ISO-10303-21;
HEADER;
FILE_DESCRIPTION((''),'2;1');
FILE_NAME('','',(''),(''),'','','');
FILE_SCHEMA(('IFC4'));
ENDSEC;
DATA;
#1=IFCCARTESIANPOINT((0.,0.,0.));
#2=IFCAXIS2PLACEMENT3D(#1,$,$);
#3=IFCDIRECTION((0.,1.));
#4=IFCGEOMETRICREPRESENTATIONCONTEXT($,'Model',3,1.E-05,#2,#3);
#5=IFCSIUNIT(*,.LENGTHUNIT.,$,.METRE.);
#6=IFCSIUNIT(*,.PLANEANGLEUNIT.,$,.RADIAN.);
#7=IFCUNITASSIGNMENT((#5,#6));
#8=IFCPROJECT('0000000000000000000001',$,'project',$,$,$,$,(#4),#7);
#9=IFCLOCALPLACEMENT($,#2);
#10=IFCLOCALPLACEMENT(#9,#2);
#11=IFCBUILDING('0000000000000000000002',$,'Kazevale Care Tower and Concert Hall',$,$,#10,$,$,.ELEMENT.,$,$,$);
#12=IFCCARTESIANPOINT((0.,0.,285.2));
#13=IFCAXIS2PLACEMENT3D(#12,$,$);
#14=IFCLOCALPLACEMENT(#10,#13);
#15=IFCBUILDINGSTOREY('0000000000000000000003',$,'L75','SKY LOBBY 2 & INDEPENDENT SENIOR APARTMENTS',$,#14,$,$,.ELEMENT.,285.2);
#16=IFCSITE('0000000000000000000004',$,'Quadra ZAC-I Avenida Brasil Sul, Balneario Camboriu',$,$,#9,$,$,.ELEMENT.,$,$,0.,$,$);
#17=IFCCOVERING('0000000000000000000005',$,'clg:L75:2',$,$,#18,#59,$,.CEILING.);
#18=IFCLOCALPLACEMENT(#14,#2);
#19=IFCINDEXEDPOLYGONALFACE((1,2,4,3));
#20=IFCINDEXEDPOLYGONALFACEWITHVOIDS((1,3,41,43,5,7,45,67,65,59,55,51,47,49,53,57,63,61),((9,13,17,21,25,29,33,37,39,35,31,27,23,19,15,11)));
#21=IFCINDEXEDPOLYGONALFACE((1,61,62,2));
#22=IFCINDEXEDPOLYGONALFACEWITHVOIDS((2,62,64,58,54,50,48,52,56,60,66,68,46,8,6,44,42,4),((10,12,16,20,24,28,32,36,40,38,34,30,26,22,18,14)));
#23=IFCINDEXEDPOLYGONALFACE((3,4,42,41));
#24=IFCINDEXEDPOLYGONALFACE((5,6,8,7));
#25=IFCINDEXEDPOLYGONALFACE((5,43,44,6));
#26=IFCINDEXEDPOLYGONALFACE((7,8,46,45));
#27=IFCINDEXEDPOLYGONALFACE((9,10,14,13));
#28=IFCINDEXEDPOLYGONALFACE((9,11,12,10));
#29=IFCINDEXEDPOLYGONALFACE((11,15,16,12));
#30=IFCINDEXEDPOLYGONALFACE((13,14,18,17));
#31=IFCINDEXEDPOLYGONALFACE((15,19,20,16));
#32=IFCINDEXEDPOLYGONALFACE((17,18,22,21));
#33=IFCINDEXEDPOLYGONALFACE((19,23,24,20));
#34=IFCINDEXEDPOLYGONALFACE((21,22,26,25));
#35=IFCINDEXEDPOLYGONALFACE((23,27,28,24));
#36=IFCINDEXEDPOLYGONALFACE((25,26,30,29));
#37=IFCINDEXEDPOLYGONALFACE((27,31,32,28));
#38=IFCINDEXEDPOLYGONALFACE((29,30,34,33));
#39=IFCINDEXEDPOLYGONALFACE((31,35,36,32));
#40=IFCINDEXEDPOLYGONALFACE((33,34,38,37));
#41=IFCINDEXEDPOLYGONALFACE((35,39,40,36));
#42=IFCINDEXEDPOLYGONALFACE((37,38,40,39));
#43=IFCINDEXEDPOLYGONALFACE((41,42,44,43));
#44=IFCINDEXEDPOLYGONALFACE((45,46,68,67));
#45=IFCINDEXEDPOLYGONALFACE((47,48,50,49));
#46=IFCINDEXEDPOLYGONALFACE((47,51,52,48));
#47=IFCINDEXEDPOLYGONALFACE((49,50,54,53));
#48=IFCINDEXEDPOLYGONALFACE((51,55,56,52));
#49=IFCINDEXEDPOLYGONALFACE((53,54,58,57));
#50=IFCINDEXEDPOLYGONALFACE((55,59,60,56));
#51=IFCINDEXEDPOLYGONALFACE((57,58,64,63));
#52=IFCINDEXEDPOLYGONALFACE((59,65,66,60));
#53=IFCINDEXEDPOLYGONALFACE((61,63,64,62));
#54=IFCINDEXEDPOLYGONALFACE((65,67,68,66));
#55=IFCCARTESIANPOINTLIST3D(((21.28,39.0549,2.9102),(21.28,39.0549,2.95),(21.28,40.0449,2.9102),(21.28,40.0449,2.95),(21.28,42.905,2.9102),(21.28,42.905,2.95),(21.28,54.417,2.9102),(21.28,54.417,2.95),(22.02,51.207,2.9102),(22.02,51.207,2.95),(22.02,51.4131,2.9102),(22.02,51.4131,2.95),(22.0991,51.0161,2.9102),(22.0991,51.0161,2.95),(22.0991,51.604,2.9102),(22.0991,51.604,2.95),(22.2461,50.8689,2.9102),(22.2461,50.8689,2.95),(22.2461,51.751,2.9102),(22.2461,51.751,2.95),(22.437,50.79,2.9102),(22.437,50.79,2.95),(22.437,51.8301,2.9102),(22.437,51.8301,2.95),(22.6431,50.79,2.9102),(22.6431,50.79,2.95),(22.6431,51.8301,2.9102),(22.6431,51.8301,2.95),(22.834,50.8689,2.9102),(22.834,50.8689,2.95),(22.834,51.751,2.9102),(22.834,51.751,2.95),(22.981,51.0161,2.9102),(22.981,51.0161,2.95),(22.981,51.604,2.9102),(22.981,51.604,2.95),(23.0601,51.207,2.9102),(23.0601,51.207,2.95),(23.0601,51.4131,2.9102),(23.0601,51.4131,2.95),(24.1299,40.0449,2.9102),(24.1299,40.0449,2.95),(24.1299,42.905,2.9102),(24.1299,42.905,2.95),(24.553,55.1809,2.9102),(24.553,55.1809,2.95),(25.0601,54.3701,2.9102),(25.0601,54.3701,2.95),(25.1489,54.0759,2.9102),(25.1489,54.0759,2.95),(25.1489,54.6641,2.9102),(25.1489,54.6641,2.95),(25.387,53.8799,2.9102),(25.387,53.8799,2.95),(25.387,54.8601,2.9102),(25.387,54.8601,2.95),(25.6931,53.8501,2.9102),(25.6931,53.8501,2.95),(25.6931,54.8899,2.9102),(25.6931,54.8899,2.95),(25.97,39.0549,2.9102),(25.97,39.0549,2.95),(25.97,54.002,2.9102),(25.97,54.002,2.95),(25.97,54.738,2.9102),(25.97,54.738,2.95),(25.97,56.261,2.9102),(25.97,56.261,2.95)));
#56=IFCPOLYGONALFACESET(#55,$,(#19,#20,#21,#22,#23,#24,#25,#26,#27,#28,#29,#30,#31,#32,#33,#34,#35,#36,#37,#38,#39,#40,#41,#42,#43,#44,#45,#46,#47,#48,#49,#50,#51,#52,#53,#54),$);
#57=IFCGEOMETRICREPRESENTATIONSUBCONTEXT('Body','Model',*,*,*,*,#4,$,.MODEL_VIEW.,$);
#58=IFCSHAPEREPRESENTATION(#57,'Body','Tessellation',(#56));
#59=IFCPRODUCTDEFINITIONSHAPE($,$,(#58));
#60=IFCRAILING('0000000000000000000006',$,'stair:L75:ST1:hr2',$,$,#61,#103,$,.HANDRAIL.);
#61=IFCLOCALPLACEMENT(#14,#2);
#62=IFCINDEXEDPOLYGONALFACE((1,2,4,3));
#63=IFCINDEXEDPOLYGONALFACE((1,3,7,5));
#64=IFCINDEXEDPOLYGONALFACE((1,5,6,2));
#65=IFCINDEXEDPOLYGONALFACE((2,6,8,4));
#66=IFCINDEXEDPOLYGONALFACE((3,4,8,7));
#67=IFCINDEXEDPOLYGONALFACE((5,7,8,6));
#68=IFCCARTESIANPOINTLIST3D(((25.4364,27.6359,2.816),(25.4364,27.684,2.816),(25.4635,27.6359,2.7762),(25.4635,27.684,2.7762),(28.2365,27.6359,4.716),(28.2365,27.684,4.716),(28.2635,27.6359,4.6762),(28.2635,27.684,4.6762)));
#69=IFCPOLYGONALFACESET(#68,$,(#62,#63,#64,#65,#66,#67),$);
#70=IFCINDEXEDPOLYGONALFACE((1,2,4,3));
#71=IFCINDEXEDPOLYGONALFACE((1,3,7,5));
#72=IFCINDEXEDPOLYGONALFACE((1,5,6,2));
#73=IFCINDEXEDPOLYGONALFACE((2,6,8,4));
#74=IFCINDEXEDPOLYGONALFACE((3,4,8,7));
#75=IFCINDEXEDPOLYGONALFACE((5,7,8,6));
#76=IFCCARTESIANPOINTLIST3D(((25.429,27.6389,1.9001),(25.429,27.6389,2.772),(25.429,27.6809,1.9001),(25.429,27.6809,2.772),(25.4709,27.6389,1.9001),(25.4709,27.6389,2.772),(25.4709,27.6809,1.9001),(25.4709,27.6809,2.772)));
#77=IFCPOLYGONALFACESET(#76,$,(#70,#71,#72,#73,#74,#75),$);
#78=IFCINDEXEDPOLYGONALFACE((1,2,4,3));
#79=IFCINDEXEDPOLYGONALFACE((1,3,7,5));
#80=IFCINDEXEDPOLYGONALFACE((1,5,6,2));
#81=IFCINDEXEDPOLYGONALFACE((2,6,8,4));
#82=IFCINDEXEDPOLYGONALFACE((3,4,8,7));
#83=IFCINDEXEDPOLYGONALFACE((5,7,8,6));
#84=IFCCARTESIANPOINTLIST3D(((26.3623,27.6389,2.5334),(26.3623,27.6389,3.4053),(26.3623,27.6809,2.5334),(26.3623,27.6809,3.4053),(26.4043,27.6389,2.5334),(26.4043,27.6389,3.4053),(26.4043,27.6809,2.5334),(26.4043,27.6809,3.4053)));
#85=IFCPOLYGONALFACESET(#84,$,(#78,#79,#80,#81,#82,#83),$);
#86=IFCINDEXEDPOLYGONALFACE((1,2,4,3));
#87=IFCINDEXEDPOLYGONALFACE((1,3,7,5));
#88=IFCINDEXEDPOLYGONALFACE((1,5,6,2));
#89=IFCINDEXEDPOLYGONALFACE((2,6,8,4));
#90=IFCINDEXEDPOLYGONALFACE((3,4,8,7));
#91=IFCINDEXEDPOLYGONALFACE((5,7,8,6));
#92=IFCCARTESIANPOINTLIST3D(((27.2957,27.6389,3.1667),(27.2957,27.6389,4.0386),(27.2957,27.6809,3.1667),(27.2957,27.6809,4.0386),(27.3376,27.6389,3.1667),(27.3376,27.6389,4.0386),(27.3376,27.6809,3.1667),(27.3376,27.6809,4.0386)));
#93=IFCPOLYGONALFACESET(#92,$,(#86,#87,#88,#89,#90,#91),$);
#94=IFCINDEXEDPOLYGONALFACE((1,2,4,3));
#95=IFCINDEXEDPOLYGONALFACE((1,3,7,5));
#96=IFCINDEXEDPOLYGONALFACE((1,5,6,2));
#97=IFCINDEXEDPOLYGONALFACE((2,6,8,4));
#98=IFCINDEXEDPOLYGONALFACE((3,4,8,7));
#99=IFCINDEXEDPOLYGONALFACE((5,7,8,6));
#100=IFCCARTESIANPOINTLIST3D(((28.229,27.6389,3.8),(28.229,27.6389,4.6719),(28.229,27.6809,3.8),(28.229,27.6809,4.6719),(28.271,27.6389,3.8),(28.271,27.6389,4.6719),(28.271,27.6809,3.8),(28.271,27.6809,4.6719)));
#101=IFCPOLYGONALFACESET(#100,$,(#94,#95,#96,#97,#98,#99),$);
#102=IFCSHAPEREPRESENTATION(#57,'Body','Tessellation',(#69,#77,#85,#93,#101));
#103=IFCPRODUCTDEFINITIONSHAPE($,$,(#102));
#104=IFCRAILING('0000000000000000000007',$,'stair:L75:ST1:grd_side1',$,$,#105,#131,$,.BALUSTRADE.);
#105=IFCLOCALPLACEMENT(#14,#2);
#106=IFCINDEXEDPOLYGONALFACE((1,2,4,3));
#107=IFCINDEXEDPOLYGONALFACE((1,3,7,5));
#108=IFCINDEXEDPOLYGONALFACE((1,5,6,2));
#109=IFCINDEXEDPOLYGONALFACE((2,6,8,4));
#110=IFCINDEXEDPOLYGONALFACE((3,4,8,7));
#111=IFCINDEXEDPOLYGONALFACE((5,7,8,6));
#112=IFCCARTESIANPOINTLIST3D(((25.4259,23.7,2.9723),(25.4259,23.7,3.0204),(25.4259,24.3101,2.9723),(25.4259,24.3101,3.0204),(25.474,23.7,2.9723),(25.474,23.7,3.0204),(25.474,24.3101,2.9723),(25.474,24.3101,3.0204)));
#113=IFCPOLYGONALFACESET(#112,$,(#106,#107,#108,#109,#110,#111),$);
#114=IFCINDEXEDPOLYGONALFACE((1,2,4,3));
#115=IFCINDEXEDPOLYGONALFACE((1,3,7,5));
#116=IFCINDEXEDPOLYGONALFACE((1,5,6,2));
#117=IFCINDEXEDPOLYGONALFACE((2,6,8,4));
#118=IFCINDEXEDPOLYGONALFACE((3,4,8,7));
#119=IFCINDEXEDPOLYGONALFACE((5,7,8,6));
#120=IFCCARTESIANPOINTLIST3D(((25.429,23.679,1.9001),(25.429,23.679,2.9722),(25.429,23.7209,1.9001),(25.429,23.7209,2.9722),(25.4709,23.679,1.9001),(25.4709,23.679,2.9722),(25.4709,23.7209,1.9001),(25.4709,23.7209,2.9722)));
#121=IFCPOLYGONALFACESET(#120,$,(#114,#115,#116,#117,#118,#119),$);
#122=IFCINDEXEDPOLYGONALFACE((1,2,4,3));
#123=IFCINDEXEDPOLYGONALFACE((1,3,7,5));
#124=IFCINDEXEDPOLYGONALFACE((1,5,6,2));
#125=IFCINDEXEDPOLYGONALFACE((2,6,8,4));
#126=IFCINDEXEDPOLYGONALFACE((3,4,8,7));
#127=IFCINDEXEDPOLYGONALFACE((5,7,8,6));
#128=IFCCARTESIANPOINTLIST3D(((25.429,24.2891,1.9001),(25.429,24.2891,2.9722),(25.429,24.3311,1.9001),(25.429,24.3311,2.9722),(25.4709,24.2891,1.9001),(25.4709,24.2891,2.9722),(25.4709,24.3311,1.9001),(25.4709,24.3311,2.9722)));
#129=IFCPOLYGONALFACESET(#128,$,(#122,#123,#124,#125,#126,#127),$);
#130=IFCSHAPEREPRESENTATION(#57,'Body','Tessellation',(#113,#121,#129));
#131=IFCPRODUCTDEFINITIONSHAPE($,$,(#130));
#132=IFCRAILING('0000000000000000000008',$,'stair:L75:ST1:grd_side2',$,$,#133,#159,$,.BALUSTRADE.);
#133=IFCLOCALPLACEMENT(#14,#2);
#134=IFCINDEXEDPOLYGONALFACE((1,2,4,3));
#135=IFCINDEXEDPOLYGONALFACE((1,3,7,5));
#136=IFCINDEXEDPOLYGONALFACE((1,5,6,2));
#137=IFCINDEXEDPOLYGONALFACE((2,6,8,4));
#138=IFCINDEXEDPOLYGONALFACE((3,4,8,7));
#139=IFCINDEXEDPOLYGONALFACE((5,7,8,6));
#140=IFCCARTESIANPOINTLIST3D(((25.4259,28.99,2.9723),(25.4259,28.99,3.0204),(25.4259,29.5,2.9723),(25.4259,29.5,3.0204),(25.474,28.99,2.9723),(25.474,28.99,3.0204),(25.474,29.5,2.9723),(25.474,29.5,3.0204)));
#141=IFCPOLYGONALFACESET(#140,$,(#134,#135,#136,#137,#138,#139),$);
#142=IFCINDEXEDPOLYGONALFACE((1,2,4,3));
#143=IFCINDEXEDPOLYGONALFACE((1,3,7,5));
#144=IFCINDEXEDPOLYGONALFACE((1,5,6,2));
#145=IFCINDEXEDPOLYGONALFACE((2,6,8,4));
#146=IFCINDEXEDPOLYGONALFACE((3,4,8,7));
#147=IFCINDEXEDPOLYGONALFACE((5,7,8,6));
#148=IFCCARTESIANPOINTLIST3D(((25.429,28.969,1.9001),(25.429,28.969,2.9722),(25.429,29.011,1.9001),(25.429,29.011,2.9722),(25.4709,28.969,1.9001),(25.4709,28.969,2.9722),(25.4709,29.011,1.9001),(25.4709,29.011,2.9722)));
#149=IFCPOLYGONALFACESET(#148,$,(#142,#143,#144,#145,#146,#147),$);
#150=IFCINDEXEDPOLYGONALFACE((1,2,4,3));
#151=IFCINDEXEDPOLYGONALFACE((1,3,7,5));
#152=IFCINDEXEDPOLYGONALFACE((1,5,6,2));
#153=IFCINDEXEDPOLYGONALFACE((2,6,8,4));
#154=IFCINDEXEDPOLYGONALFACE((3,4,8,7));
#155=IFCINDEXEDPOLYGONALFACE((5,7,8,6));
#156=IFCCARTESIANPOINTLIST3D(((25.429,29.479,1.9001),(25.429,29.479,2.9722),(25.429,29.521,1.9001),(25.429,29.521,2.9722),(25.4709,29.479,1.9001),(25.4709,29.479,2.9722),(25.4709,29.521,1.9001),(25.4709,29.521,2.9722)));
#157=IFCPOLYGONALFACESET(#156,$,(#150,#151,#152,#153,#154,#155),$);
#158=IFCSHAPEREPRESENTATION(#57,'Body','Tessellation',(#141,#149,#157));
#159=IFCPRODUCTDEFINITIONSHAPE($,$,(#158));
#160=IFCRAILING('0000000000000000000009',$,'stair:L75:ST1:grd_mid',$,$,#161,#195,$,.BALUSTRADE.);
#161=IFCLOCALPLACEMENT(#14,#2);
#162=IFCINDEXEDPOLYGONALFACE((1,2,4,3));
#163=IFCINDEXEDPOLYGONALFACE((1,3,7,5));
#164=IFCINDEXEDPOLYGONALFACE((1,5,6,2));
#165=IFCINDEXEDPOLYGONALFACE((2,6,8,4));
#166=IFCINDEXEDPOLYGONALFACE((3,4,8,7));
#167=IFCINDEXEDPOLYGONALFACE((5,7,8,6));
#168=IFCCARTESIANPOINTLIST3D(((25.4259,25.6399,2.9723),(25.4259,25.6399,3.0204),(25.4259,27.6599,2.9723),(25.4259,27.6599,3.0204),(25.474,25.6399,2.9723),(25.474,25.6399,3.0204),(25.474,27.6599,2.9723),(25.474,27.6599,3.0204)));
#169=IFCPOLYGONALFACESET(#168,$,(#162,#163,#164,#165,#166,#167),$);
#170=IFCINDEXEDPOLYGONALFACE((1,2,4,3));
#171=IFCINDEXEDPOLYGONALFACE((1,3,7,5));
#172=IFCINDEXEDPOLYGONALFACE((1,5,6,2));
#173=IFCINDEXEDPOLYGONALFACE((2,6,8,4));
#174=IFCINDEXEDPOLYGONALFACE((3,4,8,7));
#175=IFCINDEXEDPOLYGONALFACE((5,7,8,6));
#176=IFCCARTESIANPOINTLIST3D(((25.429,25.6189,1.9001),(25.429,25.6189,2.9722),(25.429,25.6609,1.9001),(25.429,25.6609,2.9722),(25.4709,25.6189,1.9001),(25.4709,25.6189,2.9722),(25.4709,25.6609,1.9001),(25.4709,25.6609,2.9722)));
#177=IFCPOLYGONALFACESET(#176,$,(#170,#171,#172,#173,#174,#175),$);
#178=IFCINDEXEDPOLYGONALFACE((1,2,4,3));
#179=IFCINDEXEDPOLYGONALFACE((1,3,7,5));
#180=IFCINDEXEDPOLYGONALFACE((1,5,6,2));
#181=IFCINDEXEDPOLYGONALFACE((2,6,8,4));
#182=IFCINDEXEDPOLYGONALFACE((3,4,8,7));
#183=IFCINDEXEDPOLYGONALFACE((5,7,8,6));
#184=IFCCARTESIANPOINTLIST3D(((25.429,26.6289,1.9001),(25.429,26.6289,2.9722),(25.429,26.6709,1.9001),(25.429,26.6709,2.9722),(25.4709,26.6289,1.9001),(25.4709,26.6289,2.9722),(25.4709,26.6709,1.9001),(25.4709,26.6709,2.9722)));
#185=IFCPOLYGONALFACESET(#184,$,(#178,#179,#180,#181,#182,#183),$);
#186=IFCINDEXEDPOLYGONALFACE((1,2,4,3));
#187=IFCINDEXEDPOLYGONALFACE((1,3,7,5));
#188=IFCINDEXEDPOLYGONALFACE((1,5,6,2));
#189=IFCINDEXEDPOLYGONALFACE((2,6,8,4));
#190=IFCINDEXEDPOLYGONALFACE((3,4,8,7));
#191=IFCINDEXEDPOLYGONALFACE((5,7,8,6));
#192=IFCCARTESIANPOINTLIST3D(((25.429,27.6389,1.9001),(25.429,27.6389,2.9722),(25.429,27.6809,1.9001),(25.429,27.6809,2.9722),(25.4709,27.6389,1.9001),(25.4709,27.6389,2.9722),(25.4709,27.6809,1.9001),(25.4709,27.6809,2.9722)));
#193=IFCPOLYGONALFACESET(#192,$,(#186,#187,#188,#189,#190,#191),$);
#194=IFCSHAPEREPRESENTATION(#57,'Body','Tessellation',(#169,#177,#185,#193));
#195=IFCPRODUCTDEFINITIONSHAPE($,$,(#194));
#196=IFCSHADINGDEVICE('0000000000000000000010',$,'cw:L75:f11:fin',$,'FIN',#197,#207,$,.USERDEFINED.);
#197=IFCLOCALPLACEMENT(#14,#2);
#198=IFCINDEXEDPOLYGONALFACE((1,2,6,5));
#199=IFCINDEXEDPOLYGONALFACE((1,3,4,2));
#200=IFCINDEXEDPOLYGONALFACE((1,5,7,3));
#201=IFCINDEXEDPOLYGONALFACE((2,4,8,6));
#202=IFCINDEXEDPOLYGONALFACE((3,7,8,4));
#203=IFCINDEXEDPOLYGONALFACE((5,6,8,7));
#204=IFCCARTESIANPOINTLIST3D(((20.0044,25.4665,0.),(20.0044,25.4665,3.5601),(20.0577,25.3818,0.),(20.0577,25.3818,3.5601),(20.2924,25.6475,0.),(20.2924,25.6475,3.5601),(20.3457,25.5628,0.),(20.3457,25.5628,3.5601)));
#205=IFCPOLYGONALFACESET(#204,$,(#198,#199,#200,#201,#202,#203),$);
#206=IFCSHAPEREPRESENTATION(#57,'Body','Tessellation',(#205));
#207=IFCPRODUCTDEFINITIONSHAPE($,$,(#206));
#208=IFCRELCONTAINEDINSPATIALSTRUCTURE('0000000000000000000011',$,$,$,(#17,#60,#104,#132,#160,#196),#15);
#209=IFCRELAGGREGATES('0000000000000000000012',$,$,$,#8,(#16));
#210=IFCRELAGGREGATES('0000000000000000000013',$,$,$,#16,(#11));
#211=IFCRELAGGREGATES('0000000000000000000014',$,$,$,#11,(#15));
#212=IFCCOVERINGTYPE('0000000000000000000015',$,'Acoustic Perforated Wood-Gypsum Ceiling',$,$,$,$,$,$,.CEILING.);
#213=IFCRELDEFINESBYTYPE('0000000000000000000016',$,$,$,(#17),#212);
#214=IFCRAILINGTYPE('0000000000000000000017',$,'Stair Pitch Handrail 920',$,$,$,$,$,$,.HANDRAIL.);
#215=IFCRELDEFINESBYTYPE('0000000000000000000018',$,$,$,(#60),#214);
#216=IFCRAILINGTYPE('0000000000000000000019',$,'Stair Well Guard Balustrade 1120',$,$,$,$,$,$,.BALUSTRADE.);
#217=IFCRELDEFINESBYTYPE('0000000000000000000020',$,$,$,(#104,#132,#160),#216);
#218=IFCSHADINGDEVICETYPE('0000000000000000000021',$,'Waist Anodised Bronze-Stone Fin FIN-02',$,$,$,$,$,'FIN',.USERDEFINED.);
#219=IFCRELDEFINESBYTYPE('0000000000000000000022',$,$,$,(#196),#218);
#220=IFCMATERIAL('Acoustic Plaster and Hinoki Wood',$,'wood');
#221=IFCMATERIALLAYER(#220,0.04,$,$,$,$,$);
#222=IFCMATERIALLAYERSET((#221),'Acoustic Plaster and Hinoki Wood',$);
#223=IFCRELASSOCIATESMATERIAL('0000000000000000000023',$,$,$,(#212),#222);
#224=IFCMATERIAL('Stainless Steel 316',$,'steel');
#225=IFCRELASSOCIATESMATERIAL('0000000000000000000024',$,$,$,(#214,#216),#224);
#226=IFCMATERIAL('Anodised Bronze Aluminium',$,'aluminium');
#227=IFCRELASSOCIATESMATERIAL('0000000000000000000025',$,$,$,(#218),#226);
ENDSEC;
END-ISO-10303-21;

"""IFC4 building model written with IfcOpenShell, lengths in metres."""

from ifc_helpers import new_model, si_unit, direction, frame, origin, origin_2d, place, context, subcontext, project, spatial, polyline, rectangle, outline, extrude, material, layer, layer_set, type_object, element, save


model = new_model("IFC4")

# Units and contexts
model_context = context("Model", 3, precision=1e-05, world=origin(), true_north=direction((0.0, 1.0)))
body_context = subcontext(model_context, "Body", "Model", "MODEL_VIEW")
ifc_project = project(units=[si_unit("LENGTHUNIT", "METRE"), si_unit("PLANEANGLEUNIT", "RADIAN")], contexts=[model_context])

# Site, building, storey
site_placement = place(None, origin())
site = spatial("IfcSite", under=ifc_project, at=site_placement, Name="Quadra ZAC-I Avenida Brasil Sul, Balneario Camboriu", CompositionType="ELEMENT", RefElevation=0.0)
building_placement = place(site_placement, origin())
building = spatial("IfcBuilding", under=site, at=building_placement, Name="Kazevale Care Tower and Concert Hall", CompositionType="ELEMENT")
storey_placement = place(building_placement, frame((0.0, 0.0, 285.2)))
storey = spatial("IfcBuildingStorey", under=building, at=storey_placement, Name="L75", Description="SKY LOBBY 2 & INDEPENDENT SENIOR APARTMENTS", CompositionType="ELEMENT", Elevation=285.2)

# Covering
ifc_material_1 = material(Name="Acoustic Plaster and Hinoki Wood", Category="wood")
ifc_layer_1 = layer(ifc_material_1, 0.04)
ifc_layer_set_1 = layer_set([ifc_layer_1], Name="Acoustic Plaster and Hinoki Wood")
covering_type = type_object("IfcCoveringType", Name="Acoustic Perforated Wood-Gypsum Ceiling", PredefinedType="CEILING", material=ifc_layer_set_1)
covering_1_placement = place(storey_placement, frame((0.0, 0.0, 2.9102)))
element("IfcCovering", 1, at=covering_1_placement, inside=storey, type_object=covering_type, Name="clg:L75:2", PredefinedType="CEILING", context=body_context, shape_type="SweptSolid", body=[
    extrude(outline(polyline([(24.1299, 42.905), (21.28, 42.905), (21.28, 54.417), (24.553, 55.1809), (25.97, 56.261), (25.97, 54.738), (25.6931, 54.8899), (25.387, 54.8601), (25.1489, 54.6641), (25.0601, 54.3701), (25.1489, 54.0759), (25.387, 53.8799), (25.6931, 53.8501), (25.97, 54.002), (25.97, 39.0549), (21.28, 39.0549), (21.28, 40.0449), (24.1299, 40.0449), (24.1299, 42.905)]), holes=[polyline([(23.0601, 51.4131), (22.981, 51.604), (22.834, 51.751), (22.6431, 51.8301), (22.437, 51.8301), (22.2461, 51.751), (22.0991, 51.604), (22.02, 51.4131), (22.02, 51.207), (22.0991, 51.0161), (22.2461, 50.8689), (22.437, 50.79), (22.6431, 50.79), (22.834, 50.8689), (22.981, 51.0161), (23.0601, 51.207), (23.0601, 51.4131)])]), origin(), (0.0, 0.0, 1.0), 0.0398),
])

# Railings
ifc_material_2 = material(Name="Stainless Steel 316", Category="steel")
railing_type_1 = type_object("IfcRailingType", Name="Stair Pitch Handrail 920", PredefinedType="HANDRAIL", material=ifc_material_2)
railing_1_placement = place(storey_placement, frame((25.45, 27.6599, 1.9001)))
element("IfcRailing", 2, at=railing_1_placement, inside=storey, type_object=railing_type_1, Name="stair:L75:ST1:hr2", PredefinedType="HANDRAIL", context=body_context, shape_type="SweptSolid", body=[
    extrude(rectangle(XDim=0.0481, YDim=0.0481, at=origin_2d()), frame((0.0, 0.0, 0.896), z_axis=(0.827494, 0.0, 0.561475), x_axis=(0.0, 1.0, 0.0)), (0.0, 0.0, 1.0), 3.3838),
    extrude(rectangle(XDim=0.042, YDim=0.042, at=origin_2d()), origin(), (0.0, 0.0, 1.0), 0.8718),
    extrude(rectangle(XDim=0.042, YDim=0.042, at=origin_2d()), frame((0.9333, 0.0, 0.6333)), (0.0, 0.0, 1.0), 0.8718),
    extrude(rectangle(XDim=0.042, YDim=0.042, at=origin_2d()), frame((1.8667, 0.0, 1.2666)), (0.0, 0.0, 1.0), 0.8718),
    extrude(rectangle(XDim=0.042, YDim=0.042, at=origin_2d()), frame((2.8, 0.0, 1.8999)), (0.0, 0.0, 1.0), 0.8718),
])
railing_type_2 = type_object("IfcRailingType", Name="Stair Well Guard Balustrade 1120", PredefinedType="BALUSTRADE", material=ifc_material_2)
railing_2_placement = place(storey_placement, frame((25.45, 23.7, 1.9001)))
element("IfcRailing", 3, at=railing_2_placement, inside=storey, type_object=railing_type_2, Name="stair:L75:ST1:grd_side1", PredefinedType="BALUSTRADE", context=body_context, shape_type="SweptSolid", body=[
    extrude(rectangle(XDim=0.0481, YDim=0.0481, at=origin_2d()), frame((0.0, 0.0, 1.0962), z_axis=(0.0, 1.0, 0.0), x_axis=(-1.0, 0.0, 0.0)), (0.0, 0.0, 1.0), 0.6101),
    extrude(rectangle(XDim=0.042, YDim=0.042, at=origin_2d()), origin(), (0.0, 0.0, 1.0), 1.072),
    extrude(rectangle(XDim=0.042, YDim=0.042, at=origin_2d()), frame((0.0, 0.6101, 0.0)), (0.0, 0.0, 1.0), 1.072),
])
railing_3_placement = place(storey_placement, frame((25.45, 28.99, 1.9001)))
element("IfcRailing", 4, at=railing_3_placement, inside=storey, type_object=railing_type_2, Name="stair:L75:ST1:grd_side2", PredefinedType="BALUSTRADE", context=body_context, shape_type="SweptSolid", body=[
    extrude(rectangle(XDim=0.0481, YDim=0.0481, at=origin_2d()), frame((0.0, 0.0, 1.0962), z_axis=(0.0, 1.0, 0.0), x_axis=(-1.0, 0.0, 0.0)), (0.0, 0.0, 1.0), 0.51),
    extrude(rectangle(XDim=0.042, YDim=0.042, at=origin_2d()), origin(), (0.0, 0.0, 1.0), 1.072),
    extrude(rectangle(XDim=0.042, YDim=0.042, at=origin_2d()), frame((0.0, 0.51, 0.0)), (0.0, 0.0, 1.0), 1.072),
])
railing_4_placement = place(storey_placement, frame((25.45, 25.6399, 1.9001)))
element("IfcRailing", 5, at=railing_4_placement, inside=storey, type_object=railing_type_2, Name="stair:L75:ST1:grd_mid", PredefinedType="BALUSTRADE", context=body_context, shape_type="SweptSolid", body=[
    extrude(rectangle(XDim=0.0481, YDim=0.0481, at=origin_2d()), frame((0.0, 0.0, 1.0962), z_axis=(0.0, 1.0, 0.0), x_axis=(-1.0, 0.0, 0.0)), (0.0, 0.0, 1.0), 2.02),
    extrude(rectangle(XDim=0.042, YDim=0.042, at=origin_2d()), origin(), (0.0, 0.0, 1.0), 1.072),
    extrude(rectangle(XDim=0.042, YDim=0.042, at=origin_2d()), frame((0.0, 1.01, 0.0)), (0.0, 0.0, 1.0), 1.072),
    extrude(rectangle(XDim=0.042, YDim=0.042, at=origin_2d()), frame((0.0, 2.02, 0.0)), (0.0, 0.0, 1.0), 1.072),
])

# Shading device
ifc_material_3 = material(Name="Anodised Bronze Aluminium", Category="aluminium")
shading_device_type = type_object("IfcShadingDeviceType", Name="Waist Anodised Bronze-Stone Fin FIN-02", ElementType="FIN", PredefinedType="USERDEFINED", material=ifc_material_3)
shading_device_placement = place(storey_placement, frame((20.175, 25.5146, 0.0), z_axis=(0.0, 0.0, 1.0), x_axis=(-0.846658, -0.532138, 0.0)))
element("IfcShadingDevice", 6, at=shading_device_placement, inside=storey, type_object=shading_device_type, Name="cw:L75:f11:fin", ObjectType="FIN", PredefinedType="USERDEFINED", context=body_context, shape_type="SweptSolid", body=[
    extrude(rectangle(XDim=0.3401, YDim=0.1001, at=origin_2d()), origin(), (0.0, 0.0, 1.0), 3.5601),
])

save(model, "model.ifc")
